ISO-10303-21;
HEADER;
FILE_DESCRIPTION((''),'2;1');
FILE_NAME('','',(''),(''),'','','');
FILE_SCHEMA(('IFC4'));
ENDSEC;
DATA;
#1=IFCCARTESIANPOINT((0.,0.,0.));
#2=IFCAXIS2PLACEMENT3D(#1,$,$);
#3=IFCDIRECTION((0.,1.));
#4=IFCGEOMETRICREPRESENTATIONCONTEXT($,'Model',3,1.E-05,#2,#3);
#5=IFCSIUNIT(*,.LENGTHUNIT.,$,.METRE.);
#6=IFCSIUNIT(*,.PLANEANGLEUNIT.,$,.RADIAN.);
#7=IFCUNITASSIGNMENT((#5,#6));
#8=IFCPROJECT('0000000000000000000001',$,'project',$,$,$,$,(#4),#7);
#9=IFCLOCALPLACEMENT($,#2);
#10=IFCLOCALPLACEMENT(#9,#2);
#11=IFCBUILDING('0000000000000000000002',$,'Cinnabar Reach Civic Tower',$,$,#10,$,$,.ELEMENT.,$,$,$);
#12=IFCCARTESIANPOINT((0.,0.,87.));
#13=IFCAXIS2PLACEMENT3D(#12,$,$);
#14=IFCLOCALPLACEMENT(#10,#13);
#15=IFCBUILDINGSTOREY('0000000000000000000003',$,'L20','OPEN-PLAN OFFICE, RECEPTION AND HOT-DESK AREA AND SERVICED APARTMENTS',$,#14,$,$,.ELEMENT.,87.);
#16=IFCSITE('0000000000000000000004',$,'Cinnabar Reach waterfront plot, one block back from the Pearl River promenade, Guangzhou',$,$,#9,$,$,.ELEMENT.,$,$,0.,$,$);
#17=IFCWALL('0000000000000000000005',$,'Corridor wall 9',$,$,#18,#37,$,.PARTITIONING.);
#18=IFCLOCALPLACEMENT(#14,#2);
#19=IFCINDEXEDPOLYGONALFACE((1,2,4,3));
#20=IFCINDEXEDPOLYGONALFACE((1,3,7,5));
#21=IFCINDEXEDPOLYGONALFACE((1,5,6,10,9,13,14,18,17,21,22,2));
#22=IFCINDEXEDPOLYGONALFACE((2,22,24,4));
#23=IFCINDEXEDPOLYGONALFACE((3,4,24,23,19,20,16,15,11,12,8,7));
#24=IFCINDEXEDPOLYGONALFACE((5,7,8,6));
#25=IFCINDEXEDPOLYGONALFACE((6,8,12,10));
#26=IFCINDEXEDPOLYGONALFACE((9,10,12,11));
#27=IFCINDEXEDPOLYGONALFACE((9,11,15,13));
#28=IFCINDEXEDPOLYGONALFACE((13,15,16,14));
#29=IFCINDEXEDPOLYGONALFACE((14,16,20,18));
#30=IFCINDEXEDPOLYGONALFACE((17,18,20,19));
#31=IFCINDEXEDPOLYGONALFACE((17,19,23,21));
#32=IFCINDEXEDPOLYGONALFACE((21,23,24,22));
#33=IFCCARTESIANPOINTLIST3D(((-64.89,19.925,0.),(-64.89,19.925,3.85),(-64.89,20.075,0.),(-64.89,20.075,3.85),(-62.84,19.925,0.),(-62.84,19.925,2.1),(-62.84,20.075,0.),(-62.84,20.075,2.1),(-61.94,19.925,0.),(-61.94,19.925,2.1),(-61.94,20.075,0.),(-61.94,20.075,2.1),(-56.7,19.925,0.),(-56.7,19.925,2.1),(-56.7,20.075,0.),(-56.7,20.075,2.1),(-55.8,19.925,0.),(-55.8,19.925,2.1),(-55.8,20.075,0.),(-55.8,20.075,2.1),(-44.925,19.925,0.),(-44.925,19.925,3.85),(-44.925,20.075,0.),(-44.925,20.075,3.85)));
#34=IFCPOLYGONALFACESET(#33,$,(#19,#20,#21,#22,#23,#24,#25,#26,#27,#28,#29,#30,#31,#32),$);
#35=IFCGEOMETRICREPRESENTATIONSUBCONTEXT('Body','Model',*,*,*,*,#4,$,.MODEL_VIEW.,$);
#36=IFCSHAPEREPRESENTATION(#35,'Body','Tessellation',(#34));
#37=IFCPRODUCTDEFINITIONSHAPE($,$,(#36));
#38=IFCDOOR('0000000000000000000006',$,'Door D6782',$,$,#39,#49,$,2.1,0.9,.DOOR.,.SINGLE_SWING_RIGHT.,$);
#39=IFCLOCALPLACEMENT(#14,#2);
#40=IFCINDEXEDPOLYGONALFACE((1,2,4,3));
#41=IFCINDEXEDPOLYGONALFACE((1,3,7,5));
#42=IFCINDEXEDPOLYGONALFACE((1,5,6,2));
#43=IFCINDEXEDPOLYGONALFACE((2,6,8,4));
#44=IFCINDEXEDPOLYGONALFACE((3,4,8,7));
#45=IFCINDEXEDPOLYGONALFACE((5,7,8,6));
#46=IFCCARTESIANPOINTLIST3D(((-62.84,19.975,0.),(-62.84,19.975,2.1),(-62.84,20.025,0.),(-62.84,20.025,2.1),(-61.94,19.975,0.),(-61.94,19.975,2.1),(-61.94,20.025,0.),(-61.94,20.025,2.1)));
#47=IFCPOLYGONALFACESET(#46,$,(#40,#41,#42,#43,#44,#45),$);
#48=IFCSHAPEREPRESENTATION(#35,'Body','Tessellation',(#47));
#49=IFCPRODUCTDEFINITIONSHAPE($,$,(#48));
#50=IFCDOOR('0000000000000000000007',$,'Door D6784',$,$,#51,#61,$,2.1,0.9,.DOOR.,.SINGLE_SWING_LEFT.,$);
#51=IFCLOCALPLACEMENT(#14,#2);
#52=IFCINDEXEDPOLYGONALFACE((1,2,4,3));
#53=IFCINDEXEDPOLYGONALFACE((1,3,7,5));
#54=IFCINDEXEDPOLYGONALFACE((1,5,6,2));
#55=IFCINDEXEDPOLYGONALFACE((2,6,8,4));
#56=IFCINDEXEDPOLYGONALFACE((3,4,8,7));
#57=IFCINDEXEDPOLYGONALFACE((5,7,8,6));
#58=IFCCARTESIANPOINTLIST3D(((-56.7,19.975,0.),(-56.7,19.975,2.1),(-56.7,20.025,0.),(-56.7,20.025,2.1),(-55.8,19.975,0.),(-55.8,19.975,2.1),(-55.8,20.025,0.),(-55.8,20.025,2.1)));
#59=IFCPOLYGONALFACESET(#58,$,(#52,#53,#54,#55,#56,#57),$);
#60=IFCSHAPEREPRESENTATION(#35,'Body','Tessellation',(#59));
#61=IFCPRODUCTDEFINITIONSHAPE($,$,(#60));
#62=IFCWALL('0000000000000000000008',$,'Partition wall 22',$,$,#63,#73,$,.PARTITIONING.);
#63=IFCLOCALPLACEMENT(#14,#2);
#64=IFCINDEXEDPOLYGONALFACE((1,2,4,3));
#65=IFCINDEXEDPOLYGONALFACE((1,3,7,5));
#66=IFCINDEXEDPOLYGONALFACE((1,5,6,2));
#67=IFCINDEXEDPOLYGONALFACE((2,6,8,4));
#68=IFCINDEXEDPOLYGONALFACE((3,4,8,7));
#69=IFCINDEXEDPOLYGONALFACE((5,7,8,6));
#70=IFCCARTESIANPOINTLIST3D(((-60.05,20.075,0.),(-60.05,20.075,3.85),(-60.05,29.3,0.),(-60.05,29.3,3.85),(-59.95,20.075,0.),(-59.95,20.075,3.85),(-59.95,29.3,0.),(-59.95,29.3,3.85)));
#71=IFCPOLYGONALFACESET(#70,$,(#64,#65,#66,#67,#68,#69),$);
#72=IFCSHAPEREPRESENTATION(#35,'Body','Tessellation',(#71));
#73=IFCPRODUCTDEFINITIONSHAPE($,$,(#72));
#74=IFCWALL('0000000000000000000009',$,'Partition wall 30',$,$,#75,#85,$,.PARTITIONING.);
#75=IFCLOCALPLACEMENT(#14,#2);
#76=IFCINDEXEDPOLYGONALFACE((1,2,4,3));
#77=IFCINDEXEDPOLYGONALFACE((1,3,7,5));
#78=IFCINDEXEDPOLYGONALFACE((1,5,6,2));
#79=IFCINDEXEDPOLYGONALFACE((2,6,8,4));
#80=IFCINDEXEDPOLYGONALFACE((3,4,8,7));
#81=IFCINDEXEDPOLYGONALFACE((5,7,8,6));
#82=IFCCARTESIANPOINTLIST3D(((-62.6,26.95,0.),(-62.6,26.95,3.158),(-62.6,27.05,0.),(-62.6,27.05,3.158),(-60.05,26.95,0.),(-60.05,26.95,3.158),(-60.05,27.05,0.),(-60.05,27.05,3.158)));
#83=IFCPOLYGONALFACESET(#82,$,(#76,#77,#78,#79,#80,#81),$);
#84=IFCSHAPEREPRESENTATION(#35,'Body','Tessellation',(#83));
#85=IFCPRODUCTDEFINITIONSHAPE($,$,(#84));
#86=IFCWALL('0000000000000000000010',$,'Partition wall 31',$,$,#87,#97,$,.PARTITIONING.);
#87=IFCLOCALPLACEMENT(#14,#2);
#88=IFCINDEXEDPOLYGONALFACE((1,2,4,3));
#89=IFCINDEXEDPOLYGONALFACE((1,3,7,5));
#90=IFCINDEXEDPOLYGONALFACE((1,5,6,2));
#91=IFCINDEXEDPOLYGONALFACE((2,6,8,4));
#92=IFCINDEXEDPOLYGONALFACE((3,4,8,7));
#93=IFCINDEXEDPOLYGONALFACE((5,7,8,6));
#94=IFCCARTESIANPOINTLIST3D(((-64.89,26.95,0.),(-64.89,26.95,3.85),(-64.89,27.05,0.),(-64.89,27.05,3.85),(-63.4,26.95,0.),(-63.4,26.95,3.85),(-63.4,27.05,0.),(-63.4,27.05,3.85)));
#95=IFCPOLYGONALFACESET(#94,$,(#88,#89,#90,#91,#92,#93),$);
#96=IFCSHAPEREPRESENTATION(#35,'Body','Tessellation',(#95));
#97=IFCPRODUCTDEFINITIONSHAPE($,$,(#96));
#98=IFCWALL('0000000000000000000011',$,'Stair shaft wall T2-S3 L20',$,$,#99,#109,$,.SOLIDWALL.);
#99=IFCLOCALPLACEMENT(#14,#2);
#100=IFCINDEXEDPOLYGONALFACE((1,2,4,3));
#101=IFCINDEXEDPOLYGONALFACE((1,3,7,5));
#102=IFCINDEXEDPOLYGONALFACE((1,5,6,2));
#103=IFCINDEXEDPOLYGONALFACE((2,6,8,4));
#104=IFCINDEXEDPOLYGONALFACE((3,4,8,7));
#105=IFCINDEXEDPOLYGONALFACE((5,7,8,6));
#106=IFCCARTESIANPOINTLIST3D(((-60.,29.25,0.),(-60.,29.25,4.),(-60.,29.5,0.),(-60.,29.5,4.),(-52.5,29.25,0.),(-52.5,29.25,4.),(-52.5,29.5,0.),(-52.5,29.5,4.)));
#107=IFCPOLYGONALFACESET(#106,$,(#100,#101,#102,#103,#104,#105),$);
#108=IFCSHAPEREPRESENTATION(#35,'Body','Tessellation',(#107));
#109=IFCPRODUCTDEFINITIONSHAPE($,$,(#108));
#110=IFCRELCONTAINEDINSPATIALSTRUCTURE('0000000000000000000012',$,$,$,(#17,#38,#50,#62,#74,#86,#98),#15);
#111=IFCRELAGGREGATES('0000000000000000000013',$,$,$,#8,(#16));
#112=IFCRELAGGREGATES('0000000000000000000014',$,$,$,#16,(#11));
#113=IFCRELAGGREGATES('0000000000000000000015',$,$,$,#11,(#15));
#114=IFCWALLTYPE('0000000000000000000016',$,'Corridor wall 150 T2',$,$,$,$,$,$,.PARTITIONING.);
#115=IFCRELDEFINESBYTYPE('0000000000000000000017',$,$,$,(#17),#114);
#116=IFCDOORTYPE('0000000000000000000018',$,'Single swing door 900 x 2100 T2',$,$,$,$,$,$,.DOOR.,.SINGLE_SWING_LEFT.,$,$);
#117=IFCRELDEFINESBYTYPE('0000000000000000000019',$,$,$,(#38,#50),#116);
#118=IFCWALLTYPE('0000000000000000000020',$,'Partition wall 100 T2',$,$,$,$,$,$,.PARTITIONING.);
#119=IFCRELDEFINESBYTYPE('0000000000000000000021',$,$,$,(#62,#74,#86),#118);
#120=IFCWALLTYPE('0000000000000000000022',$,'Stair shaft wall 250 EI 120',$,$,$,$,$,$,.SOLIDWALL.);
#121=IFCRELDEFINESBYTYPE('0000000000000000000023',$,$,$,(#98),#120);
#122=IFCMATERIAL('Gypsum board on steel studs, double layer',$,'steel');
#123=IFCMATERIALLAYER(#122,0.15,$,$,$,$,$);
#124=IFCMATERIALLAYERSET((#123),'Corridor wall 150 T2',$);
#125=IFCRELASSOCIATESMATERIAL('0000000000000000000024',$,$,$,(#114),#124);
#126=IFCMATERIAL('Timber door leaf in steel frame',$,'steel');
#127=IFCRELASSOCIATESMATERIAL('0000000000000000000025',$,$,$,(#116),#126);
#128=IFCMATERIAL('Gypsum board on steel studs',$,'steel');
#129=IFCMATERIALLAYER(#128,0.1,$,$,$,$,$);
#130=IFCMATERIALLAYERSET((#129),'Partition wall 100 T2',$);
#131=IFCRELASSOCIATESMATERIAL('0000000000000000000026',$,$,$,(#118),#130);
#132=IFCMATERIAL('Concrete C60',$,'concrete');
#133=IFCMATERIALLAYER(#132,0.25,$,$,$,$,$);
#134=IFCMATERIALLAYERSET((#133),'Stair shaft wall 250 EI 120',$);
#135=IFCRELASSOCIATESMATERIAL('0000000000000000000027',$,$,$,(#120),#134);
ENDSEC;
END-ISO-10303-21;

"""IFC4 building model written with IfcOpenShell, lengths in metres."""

from ifc_helpers import new_model, si_unit, direction, frame, frame_2d, origin, place, context, subcontext, project, spatial, rectangle, extrude, material, layer, layer_set, type_object, element, fill, save


model = new_model("IFC4")

# Units and contexts
model_context = context("Model", 3, precision=1e-05, world=origin(), true_north=direction((0.0, 1.0)))
body_context = subcontext(model_context, "Body", "Model", "MODEL_VIEW")
ifc_project = project(units=[si_unit("LENGTHUNIT", "METRE"), si_unit("PLANEANGLEUNIT", "RADIAN")], contexts=[model_context])

# Site, building, storey
site_placement = place(None, origin())
site = spatial("IfcSite", under=ifc_project, at=site_placement, Name="Cinnabar Reach waterfront plot, one block back from the Pearl River promenade, Guangzhou", CompositionType="ELEMENT", RefElevation=0.0)
building_placement = place(site_placement, origin())
building = spatial("IfcBuilding", under=site, at=building_placement, Name="Cinnabar Reach Civic Tower", CompositionType="ELEMENT")
storey_placement = place(building_placement, frame((0.0, 0.0, 87.0)))
storey = spatial("IfcBuildingStorey", under=building, at=storey_placement, Name="L20", Description="OPEN-PLAN OFFICE, RECEPTION AND HOT-DESK AREA AND SERVICED APARTMENTS", CompositionType="ELEMENT", Elevation=87.0)

# Shared definitions
ifc_material_1 = material(Name="Concrete C60", Category="concrete")

# Shared definitions
ifc_material_2 = material(Name="Gypsum board on steel studs, double layer", Category="steel")
ifc_layer_1 = layer(ifc_material_2, 0.15)
ifc_layer_set_1 = layer_set([ifc_layer_1], Name="Corridor wall 150 T2")
wall_type_1 = type_object("IfcWallType", Name="Corridor wall 150 T2", PredefinedType="PARTITIONING", material=ifc_layer_set_1)
ifc_material_3 = material(Name="Timber door leaf in steel frame", Category="steel")
door_type = type_object("IfcDoorType", Name="Single swing door 900 x 2100 T2", OperationType="SINGLE_SWING_LEFT", PredefinedType="DOOR", material=ifc_material_3)

# Wall, openings, doors
wall_1_placement = place(storey_placement, frame((-64.89, 20.0, 0.0), z_axis=(0.0, 0.0, 1.0), x_axis=(1.0, 0.0, 0.0)))
wall_1 = element("IfcWall", 1, at=wall_1_placement, inside=storey, type_object=wall_type_1, Name="Corridor wall 9", PredefinedType="PARTITIONING", context=body_context, shape_type="SweptSolid", body=[
    extrude(rectangle(XDim=19.965, YDim=0.15, at=frame_2d((9.9825, 0.0))), origin(), (0.0, 0.0, 1.0), 3.85),
])
opening_1_placement = place(wall_1_placement, frame((2.05, 0.0, 0.0)))
opening_1 = element("IfcOpeningElement", 2, at=opening_1_placement, cuts=wall_1, PredefinedType="OPENING", context=body_context, shape_type="SweptSolid", body=[
    extrude(rectangle(XDim=0.9, YDim=2.1, at=frame_2d((0.45, 1.05))), frame((0.0, 0.085, 0.0), z_axis=(0.0, -1.0, 0.0), x_axis=(1.0, 0.0, 0.0)), (0.0, 0.0, 1.0), 0.17),
])
opening_2_placement = place(wall_1_placement, frame((8.19, 0.0, 0.0)))
opening_2 = element("IfcOpeningElement", 3, at=opening_2_placement, cuts=wall_1, PredefinedType="OPENING", context=body_context, shape_type="SweptSolid", body=[
    extrude(rectangle(XDim=0.9, YDim=2.1, at=frame_2d((0.45, 1.05))), frame((0.0, 0.085, 0.0), z_axis=(0.0, -1.0, 0.0), x_axis=(1.0, 0.0, 0.0)), (0.0, 0.0, 1.0), 0.17),
])
door_1_placement = place(opening_1_placement, origin())
door_1 = element("IfcDoor", 4, at=door_1_placement, inside=storey, type_object=door_type, Name="Door D6782", OperationType="SINGLE_SWING_RIGHT", OverallHeight=2.1, OverallWidth=0.9, PredefinedType="DOOR", context=body_context, shape_type="SweptSolid", body=[
    extrude(rectangle(XDim=0.9, YDim=2.1, at=frame_2d((0.45, 1.05))), frame((0.0, 0.025, 0.0), z_axis=(0.0, -1.0, 0.0), x_axis=(1.0, 0.0, 0.0)), (0.0, 0.0, 1.0), 0.05),
])
fill(opening_1, door_1)
door_2_placement = place(opening_2_placement, origin())
door_2 = element("IfcDoor", 5, at=door_2_placement, inside=storey, type_object=door_type, Name="Door D6784", OperationType="SINGLE_SWING_LEFT", OverallHeight=2.1, OverallWidth=0.9, PredefinedType="DOOR", context=body_context, shape_type="SweptSolid", body=[
    extrude(rectangle(XDim=0.9, YDim=2.1, at=frame_2d((0.45, 1.05))), frame((0.0, 0.025, 0.0), z_axis=(0.0, -1.0, 0.0), x_axis=(1.0, 0.0, 0.0)), (0.0, 0.0, 1.0), 0.05),
])
fill(opening_2, door_2)

# Walls
ifc_material_4 = material(Name="Gypsum board on steel studs", Category="steel")
ifc_layer_2 = layer(ifc_material_4, 0.1)
ifc_layer_set_2 = layer_set([ifc_layer_2], Name="Partition wall 100 T2")
wall_type_2 = type_object("IfcWallType", Name="Partition wall 100 T2", PredefinedType="PARTITIONING", material=ifc_layer_set_2)
wall_2_placement = place(storey_placement, frame((-60.0, 20.075, 0.0), z_axis=(0.0, 0.0, 1.0), x_axis=(0.0, 1.0, 0.0)))
element("IfcWall", 6, at=wall_2_placement, inside=storey, type_object=wall_type_2, Name="Partition wall 22", PredefinedType="PARTITIONING", context=body_context, shape_type="SweptSolid", body=[
    extrude(rectangle(XDim=9.225, YDim=0.1, at=frame_2d((4.6125, 0.0))), origin(), (0.0, 0.0, 1.0), 3.85),
])
wall_3_placement = place(storey_placement, frame((-62.6, 27.0, 0.0), z_axis=(0.0, 0.0, 1.0), x_axis=(1.0, 0.0, 0.0)))
element("IfcWall", 7, at=wall_3_placement, inside=storey, type_object=wall_type_2, Name="Partition wall 30", PredefinedType="PARTITIONING", context=body_context, shape_type="SweptSolid", body=[
    extrude(rectangle(XDim=2.55, YDim=0.1, at=frame_2d((1.275, 0.0))), origin(), (0.0, 0.0, 1.0), 3.158),
])
wall_4_placement = place(storey_placement, frame((-64.89, 27.0, 0.0), z_axis=(0.0, 0.0, 1.0), x_axis=(1.0, 0.0, 0.0)))
element("IfcWall", 8, at=wall_4_placement, inside=storey, type_object=wall_type_2, Name="Partition wall 31", PredefinedType="PARTITIONING", context=body_context, shape_type="SweptSolid", body=[
    extrude(rectangle(XDim=1.49, YDim=0.1, at=frame_2d((0.745, 0.0))), origin(), (0.0, 0.0, 1.0), 3.85),
])
ifc_layer_3 = layer(ifc_material_1, 0.25)
ifc_layer_set_3 = layer_set([ifc_layer_3], Name="Stair shaft wall 250 EI 120")
wall_type_3 = type_object("IfcWallType", Name="Stair shaft wall 250 EI 120", PredefinedType="SOLIDWALL", material=ifc_layer_set_3)
wall_5_placement = place(storey_placement, frame((-60.0, 29.375, 0.0), z_axis=(0.0, 0.0, 1.0), x_axis=(1.0, 0.0, 0.0)))
element("IfcWall", 9, at=wall_5_placement, inside=storey, type_object=wall_type_3, Name="Stair shaft wall T2-S3 L20", PredefinedType="SOLIDWALL", context=body_context, shape_type="SweptSolid", body=[
    extrude(rectangle(XDim=7.5, YDim=0.25, at=frame_2d((3.75, 0.0))), origin(), (0.0, 0.0, 1.0), 4.0),
])

save(model, "model.ifc")
